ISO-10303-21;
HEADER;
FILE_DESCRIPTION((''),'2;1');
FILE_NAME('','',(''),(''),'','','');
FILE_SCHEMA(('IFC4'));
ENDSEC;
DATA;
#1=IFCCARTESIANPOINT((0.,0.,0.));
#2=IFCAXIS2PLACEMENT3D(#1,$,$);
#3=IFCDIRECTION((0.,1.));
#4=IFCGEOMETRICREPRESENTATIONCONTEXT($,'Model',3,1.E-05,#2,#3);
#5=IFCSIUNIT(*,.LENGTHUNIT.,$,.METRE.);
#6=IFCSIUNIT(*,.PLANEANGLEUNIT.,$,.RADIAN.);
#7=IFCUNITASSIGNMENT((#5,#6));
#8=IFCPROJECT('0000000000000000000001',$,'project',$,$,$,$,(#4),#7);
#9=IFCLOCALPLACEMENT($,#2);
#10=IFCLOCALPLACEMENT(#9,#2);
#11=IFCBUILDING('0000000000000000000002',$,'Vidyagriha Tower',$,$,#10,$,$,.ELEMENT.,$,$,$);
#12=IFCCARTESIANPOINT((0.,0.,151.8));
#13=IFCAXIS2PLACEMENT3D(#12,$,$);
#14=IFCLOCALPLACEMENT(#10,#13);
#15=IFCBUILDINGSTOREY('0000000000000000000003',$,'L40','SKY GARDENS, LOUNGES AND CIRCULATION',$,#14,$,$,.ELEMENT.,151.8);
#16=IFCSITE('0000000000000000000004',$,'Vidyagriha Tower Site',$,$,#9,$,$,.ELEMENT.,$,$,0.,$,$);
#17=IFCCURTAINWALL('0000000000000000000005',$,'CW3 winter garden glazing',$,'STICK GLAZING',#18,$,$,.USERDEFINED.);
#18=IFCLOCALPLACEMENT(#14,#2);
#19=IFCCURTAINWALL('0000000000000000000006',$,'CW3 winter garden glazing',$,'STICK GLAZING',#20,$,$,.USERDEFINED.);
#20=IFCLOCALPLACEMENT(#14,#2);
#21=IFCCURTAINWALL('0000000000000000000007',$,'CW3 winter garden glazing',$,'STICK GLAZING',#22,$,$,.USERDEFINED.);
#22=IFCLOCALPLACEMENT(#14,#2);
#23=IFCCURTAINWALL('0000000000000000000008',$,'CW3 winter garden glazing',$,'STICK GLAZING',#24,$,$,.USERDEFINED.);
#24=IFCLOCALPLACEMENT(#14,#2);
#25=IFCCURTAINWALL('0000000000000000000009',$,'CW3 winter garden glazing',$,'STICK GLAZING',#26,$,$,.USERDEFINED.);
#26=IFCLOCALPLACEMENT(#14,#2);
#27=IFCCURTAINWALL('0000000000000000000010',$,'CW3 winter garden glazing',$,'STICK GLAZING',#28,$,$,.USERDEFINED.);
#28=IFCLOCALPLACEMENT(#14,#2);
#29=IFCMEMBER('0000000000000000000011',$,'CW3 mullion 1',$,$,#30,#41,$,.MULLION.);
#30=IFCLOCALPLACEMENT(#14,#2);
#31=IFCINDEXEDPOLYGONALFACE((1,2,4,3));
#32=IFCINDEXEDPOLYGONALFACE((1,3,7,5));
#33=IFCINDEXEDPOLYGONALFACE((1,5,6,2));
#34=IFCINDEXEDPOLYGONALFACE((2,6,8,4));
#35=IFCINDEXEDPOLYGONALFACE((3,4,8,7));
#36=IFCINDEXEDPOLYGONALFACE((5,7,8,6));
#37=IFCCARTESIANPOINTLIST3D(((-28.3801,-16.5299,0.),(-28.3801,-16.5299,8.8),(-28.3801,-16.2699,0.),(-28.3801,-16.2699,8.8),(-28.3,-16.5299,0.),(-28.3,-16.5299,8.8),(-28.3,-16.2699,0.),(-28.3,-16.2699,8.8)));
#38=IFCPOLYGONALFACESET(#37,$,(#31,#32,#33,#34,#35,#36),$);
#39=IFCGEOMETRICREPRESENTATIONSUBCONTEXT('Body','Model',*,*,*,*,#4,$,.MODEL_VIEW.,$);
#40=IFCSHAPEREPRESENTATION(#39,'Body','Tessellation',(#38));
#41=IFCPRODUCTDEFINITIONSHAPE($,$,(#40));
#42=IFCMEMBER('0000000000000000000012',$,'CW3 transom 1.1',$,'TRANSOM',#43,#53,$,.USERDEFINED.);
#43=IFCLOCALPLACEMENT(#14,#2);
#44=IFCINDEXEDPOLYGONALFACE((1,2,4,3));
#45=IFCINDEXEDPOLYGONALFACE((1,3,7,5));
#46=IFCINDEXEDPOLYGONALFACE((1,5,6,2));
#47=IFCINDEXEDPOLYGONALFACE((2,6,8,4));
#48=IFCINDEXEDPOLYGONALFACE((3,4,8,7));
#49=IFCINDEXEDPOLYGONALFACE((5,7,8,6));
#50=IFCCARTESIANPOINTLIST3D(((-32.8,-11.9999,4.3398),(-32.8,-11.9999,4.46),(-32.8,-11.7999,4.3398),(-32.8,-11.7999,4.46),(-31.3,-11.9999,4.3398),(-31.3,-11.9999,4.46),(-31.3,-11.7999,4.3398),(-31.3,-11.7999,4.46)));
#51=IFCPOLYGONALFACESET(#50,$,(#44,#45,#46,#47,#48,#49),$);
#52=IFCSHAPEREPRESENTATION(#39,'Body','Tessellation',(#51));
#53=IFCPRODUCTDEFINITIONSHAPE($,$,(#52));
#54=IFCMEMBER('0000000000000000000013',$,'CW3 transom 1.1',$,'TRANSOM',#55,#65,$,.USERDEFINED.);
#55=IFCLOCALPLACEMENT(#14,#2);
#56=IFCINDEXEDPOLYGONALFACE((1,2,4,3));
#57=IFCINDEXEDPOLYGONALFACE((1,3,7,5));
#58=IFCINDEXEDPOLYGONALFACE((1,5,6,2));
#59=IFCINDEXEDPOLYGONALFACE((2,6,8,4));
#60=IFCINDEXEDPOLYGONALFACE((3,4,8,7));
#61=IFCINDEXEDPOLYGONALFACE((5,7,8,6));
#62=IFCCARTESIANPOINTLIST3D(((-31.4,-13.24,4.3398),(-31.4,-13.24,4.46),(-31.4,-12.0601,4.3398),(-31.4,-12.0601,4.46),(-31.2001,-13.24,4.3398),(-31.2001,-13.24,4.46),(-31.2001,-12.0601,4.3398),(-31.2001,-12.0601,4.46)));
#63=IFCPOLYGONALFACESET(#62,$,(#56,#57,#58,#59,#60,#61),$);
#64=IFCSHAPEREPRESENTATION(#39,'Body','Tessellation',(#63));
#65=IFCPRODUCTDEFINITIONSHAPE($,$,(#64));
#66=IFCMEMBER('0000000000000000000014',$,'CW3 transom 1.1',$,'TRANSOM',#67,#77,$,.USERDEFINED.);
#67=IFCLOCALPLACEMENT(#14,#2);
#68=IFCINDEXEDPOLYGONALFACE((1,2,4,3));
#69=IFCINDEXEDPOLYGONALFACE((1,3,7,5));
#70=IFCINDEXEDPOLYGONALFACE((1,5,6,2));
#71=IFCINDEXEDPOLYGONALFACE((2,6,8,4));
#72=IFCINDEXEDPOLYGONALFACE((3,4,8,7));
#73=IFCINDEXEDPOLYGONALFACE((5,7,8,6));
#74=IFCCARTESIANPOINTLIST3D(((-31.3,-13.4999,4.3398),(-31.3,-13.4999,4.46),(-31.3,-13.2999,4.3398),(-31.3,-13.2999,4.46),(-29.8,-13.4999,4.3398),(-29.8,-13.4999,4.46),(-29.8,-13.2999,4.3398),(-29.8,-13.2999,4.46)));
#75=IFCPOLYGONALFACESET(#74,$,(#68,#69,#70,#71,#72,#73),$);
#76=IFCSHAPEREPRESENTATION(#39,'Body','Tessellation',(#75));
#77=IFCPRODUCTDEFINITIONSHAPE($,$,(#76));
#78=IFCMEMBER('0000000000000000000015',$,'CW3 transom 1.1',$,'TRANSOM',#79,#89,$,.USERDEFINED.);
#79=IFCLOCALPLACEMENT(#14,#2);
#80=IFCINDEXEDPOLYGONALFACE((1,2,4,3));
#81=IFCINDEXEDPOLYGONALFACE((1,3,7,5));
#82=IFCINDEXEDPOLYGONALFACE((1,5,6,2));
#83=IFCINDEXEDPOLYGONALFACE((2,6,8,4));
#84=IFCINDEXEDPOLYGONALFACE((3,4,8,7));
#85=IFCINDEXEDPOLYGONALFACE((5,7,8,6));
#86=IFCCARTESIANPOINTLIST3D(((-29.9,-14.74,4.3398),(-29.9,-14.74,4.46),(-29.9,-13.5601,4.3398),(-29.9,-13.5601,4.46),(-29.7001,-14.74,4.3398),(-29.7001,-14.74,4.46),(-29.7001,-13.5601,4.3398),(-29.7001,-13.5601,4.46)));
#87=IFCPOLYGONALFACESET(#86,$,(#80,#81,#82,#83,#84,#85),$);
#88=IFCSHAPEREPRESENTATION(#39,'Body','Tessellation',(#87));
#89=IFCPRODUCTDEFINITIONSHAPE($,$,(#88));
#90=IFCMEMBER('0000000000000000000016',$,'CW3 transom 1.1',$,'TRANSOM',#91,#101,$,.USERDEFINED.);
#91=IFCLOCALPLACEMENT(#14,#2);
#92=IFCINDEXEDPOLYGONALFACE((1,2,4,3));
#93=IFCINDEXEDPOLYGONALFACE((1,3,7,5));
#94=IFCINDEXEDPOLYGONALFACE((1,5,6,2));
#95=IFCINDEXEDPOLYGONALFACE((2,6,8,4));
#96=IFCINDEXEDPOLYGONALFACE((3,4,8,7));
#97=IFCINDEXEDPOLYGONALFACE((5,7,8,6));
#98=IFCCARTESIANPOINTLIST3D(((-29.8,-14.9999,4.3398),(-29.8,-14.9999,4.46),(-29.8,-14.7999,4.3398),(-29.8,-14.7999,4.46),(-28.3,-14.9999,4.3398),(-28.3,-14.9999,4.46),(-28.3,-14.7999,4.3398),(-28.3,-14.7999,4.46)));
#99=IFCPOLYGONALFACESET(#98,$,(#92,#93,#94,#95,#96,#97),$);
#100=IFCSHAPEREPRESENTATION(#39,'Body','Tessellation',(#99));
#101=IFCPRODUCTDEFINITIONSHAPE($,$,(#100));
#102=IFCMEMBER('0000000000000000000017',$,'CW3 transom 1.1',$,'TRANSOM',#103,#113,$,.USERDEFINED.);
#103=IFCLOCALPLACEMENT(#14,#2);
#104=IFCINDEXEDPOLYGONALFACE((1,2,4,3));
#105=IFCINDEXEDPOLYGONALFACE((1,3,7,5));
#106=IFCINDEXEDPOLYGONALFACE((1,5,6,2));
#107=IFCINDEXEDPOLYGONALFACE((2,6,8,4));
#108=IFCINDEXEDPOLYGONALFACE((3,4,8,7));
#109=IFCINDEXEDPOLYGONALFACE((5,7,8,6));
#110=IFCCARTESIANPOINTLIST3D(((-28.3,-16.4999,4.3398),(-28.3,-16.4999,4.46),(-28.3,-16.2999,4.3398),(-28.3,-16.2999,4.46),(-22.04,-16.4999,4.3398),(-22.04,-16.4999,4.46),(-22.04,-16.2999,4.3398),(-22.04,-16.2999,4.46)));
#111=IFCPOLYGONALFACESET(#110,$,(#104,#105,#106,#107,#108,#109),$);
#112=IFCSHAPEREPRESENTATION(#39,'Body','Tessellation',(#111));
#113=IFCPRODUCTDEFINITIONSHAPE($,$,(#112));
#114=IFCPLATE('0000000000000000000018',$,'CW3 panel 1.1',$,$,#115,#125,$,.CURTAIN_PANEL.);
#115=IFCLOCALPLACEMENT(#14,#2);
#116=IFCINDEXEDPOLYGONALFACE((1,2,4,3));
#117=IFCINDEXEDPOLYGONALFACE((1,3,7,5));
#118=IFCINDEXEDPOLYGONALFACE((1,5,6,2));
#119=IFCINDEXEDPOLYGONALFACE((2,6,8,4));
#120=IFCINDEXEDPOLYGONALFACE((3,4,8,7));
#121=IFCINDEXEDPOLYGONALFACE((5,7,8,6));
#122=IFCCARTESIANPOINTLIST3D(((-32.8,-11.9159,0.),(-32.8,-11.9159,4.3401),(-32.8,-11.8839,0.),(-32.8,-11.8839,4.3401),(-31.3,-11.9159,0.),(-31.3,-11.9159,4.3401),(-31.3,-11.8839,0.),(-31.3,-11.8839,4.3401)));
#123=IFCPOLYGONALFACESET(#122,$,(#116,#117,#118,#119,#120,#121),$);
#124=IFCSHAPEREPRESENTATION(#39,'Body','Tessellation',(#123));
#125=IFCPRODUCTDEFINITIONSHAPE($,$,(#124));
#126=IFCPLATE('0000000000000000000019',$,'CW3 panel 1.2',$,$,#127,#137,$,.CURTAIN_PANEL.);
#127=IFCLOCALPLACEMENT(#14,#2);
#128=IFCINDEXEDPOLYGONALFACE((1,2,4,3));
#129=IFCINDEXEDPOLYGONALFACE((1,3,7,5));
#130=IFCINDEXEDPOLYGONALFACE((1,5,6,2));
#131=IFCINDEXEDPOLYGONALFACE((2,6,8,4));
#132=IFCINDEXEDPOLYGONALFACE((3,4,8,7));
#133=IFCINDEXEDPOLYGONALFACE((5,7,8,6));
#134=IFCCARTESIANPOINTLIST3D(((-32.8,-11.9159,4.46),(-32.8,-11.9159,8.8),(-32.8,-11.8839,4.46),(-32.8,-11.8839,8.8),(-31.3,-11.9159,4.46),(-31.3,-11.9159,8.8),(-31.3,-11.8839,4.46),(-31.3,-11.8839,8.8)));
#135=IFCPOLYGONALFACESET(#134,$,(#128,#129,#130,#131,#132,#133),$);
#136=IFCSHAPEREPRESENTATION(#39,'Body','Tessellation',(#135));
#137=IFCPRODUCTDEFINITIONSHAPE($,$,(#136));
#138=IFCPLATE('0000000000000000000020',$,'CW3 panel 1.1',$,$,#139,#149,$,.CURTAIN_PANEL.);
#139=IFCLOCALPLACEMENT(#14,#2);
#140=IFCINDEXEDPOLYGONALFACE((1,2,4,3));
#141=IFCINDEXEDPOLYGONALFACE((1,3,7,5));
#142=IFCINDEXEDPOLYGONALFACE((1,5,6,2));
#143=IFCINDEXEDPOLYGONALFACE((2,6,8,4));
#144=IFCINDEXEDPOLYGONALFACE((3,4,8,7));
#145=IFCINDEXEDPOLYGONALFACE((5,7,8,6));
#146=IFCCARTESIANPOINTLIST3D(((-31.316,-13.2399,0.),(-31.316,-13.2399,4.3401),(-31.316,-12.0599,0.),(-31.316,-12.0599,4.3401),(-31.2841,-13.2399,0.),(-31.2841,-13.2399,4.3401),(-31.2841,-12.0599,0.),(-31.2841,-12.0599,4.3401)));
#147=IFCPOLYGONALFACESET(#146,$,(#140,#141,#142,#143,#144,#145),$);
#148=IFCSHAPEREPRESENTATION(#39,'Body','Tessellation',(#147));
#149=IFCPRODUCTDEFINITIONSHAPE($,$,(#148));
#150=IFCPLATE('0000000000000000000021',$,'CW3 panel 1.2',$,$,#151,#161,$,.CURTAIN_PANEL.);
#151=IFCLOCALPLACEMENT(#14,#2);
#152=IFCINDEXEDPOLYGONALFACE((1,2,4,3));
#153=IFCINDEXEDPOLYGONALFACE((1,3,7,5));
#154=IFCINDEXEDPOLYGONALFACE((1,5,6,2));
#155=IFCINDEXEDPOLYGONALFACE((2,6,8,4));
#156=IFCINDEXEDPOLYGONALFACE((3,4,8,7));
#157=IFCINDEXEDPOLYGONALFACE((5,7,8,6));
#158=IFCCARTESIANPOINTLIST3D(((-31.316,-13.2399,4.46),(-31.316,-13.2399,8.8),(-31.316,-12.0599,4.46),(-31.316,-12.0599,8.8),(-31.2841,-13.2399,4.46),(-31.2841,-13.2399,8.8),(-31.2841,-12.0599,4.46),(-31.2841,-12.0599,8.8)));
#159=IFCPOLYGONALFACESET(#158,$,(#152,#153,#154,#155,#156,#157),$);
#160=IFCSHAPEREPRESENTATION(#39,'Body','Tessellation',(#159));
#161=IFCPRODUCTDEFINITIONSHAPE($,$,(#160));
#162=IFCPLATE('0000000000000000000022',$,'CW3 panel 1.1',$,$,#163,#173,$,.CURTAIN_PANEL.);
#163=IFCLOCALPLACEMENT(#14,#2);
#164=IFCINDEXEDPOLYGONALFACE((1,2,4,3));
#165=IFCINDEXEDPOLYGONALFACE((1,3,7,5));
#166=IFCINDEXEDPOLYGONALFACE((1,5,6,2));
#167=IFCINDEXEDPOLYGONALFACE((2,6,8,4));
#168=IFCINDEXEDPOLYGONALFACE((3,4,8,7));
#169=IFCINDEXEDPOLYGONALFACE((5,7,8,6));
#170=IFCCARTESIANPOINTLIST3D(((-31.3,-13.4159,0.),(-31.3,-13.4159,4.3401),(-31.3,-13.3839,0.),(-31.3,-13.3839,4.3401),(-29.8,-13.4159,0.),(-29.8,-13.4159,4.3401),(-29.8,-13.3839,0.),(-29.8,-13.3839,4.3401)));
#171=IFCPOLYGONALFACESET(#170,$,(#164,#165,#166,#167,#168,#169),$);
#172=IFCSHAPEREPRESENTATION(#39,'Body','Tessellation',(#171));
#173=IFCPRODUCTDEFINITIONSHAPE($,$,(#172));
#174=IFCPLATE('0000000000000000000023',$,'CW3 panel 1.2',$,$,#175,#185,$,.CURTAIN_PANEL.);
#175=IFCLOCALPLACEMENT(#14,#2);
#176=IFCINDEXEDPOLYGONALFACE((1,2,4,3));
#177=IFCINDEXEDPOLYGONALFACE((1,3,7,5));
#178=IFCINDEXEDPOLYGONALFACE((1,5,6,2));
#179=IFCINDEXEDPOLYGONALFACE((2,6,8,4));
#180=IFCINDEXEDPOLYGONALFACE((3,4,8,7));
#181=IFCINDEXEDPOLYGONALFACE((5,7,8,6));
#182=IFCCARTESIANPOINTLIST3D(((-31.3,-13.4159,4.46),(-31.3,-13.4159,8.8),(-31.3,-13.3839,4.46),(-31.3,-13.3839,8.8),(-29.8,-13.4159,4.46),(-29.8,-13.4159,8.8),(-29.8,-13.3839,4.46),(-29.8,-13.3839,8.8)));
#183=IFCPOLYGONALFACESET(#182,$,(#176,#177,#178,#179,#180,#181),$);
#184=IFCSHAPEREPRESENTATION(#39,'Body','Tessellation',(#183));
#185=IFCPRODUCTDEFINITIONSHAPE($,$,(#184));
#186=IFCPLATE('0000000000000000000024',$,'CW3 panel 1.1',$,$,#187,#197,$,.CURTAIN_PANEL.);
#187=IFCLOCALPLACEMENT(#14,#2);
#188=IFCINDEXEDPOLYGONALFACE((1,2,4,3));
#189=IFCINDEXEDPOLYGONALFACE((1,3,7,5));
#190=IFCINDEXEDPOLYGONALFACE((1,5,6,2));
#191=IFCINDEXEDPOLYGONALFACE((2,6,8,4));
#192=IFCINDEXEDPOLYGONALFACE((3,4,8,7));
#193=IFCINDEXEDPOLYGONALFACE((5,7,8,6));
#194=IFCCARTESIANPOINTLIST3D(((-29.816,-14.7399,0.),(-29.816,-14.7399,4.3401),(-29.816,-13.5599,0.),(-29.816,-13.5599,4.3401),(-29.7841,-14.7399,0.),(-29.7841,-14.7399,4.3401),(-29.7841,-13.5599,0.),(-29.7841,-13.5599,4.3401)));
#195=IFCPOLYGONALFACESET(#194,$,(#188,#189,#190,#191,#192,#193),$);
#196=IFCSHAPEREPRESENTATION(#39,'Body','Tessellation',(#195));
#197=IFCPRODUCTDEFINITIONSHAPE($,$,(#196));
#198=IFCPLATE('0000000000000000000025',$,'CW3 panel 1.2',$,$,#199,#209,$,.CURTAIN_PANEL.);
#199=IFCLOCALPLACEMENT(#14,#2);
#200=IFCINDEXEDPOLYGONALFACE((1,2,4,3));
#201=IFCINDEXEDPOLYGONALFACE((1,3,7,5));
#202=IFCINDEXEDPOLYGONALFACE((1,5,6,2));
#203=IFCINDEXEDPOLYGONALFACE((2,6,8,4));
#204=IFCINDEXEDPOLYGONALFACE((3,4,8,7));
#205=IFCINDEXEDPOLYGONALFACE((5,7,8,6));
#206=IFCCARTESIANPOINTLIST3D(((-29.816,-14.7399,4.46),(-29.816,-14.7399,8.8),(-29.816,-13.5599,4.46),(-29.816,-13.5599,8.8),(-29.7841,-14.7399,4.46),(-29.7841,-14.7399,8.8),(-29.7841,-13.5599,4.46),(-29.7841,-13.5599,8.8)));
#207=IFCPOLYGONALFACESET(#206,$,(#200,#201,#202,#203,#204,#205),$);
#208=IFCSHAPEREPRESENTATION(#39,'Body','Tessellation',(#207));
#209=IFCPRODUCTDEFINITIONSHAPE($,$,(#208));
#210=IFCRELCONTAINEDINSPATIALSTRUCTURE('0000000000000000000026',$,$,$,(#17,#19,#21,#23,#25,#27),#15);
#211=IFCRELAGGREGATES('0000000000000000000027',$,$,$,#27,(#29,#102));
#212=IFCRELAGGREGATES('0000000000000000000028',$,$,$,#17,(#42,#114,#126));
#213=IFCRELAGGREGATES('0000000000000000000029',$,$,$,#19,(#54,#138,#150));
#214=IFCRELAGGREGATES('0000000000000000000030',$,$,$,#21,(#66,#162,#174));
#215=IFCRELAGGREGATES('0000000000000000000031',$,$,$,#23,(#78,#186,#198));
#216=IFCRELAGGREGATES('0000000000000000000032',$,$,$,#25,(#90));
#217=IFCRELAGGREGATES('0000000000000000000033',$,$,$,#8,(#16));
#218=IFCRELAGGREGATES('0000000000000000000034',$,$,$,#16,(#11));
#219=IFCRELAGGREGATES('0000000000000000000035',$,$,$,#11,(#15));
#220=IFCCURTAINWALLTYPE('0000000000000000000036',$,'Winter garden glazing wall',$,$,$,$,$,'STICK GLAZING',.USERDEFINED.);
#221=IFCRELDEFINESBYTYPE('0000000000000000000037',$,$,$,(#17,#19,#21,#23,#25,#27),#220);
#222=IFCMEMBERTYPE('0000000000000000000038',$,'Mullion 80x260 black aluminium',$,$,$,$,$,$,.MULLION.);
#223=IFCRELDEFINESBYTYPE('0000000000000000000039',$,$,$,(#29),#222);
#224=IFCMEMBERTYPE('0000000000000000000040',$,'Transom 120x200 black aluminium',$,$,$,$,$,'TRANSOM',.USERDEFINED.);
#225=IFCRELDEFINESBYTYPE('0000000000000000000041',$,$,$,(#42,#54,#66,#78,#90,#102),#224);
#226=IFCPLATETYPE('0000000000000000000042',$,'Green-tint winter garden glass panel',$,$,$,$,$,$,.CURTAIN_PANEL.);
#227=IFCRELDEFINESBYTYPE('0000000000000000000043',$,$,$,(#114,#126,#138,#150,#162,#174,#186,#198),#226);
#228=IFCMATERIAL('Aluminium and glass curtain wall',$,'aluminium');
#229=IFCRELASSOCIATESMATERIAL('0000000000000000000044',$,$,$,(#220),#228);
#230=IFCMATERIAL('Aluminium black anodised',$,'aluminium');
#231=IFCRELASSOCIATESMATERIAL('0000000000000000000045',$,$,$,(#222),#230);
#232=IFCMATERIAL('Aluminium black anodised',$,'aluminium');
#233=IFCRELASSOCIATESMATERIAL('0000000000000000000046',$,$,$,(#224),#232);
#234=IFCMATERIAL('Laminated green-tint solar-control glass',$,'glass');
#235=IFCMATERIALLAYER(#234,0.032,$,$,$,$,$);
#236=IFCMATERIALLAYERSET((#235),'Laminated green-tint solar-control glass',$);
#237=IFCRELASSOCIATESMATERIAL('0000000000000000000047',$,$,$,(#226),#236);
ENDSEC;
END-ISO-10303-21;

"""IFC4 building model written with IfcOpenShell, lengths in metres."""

from ifc_helpers import new_model, si_unit, direction, frame, origin, origin_2d, place, context, subcontext, project, spatial, rectangle, extrude, material, layer, layer_set, material_profile, profile_set, type_object, element, aggregate, save


model = new_model("IFC4")

# Units and contexts
model_context = context("Model", 3, precision=1e-05, world=origin(), true_north=direction((0.0, 1.0)))
body_context = subcontext(model_context, "Body", "Model", "MODEL_VIEW")
ifc_project = project(units=[si_unit("LENGTHUNIT", "METRE"), si_unit("PLANEANGLEUNIT", "RADIAN")], contexts=[model_context])

# Site, building, storey
site_placement = place(None, origin())
site = spatial("IfcSite", under=ifc_project, at=site_placement, Name="Vidyagriha Tower Site", CompositionType="ELEMENT", RefElevation=0.0)
building_placement = place(site_placement, origin())
building = spatial("IfcBuilding", under=site, at=building_placement, Name="Vidyagriha Tower", CompositionType="ELEMENT")
storey_placement = place(building_placement, frame((0.0, 0.0, 151.8)))
storey = spatial("IfcBuildingStorey", under=building, at=storey_placement, Name="L40", Description="SKY GARDENS, LOUNGES AND CIRCULATION", CompositionType="ELEMENT", Elevation=151.8)

# Curtain wall
ifc_material_1 = material(Name="Aluminium and glass curtain wall", Category="aluminium")
curtain_wall_type = type_object("IfcCurtainWallType", Name="Winter garden glazing wall", ElementType="STICK GLAZING", PredefinedType="USERDEFINED", material=ifc_material_1)
curtain_wall_1_placement = place(storey_placement, origin())
curtain_wall_1 = element("IfcCurtainWall", 1, at=curtain_wall_1_placement, inside=storey, type_object=curtain_wall_type, Name="CW3 winter garden glazing", ObjectType="STICK GLAZING", PredefinedType="USERDEFINED")
ifc_material_2 = material(Name="Aluminium black anodised", Category="aluminium")
ifc_material_profile_1 = material_profile(ifc_material_2, rectangle(XDim=0.26, YDim=0.0801, at=origin_2d()), Name="Mullion 80x260 black aluminium")
ifc_profile_set_1 = profile_set([ifc_material_profile_1], Name="Aluminium black anodised")
member_type_1 = type_object("IfcMemberType", Name="Mullion 80x260 black aluminium", PredefinedType="MULLION", material=ifc_profile_set_1)

# Curtain walls
curtain_wall_2_placement = place(storey_placement, origin())
curtain_wall_2 = element("IfcCurtainWall", 2, at=curtain_wall_2_placement, inside=storey, type_object=curtain_wall_type, Name="CW3 winter garden glazing", ObjectType="STICK GLAZING", PredefinedType="USERDEFINED")
curtain_wall_3_placement = place(storey_placement, origin())
curtain_wall_3 = element("IfcCurtainWall", 3, at=curtain_wall_3_placement, inside=storey, type_object=curtain_wall_type, Name="CW3 winter garden glazing", ObjectType="STICK GLAZING", PredefinedType="USERDEFINED")
curtain_wall_4_placement = place(storey_placement, origin())
curtain_wall_4 = element("IfcCurtainWall", 4, at=curtain_wall_4_placement, inside=storey, type_object=curtain_wall_type, Name="CW3 winter garden glazing", ObjectType="STICK GLAZING", PredefinedType="USERDEFINED")

# Curtain walls, member
curtain_wall_5_placement = place(storey_placement, origin())
curtain_wall_5 = element("IfcCurtainWall", 5, at=curtain_wall_5_placement, inside=storey, type_object=curtain_wall_type, Name="CW3 winter garden glazing", ObjectType="STICK GLAZING", PredefinedType="USERDEFINED")
curtain_wall_6_placement = place(storey_placement, origin())
curtain_wall_6 = element("IfcCurtainWall", 6, at=curtain_wall_6_placement, inside=storey, type_object=curtain_wall_type, Name="CW3 winter garden glazing", ObjectType="STICK GLAZING", PredefinedType="USERDEFINED")
member_1_placement = place(storey_placement, frame((-28.3401, -16.3999, 0.0), z_axis=(0.0, 0.0, 1.0), x_axis=(0.0, 1.0, 0.0)))
member_1 = element("IfcMember", 7, at=member_1_placement, type_object=member_type_1, Name="CW3 mullion 1", PredefinedType="MULLION", context=body_context, shape_type="SweptSolid", body=[
    extrude(rectangle(XDim=0.26, YDim=0.0801, at=origin_2d()), origin(), (0.0, 0.0, 1.0), 8.8),
])

# Members
ifc_material_3 = material(Name="Aluminium black anodised", Category="aluminium")
ifc_material_profile_2 = material_profile(ifc_material_3, rectangle(XDim=0.2, YDim=0.1201, at=origin_2d()), Name="Transom 120x200 black aluminium")
ifc_profile_set_2 = profile_set([ifc_material_profile_2], Name="Aluminium black anodised")
member_type_2 = type_object("IfcMemberType", Name="Transom 120x200 black aluminium", ElementType="TRANSOM", PredefinedType="USERDEFINED", material=ifc_profile_set_2)
member_2_placement = place(storey_placement, frame((-32.8, -11.8999, 4.3999), z_axis=(1.0, 0.0, 0.0), x_axis=(0.0, 1.0, 0.0)))
member_2 = element("IfcMember", 8, at=member_2_placement, type_object=member_type_2, Name="CW3 transom 1.1", ObjectType="TRANSOM", PredefinedType="USERDEFINED", context=body_context, shape_type="SweptSolid", body=[
    extrude(rectangle(XDim=0.2, YDim=0.1201, at=origin_2d()), origin(), (0.0, 0.0, 1.0), 1.5),
])
member_3_placement = place(storey_placement, frame((-31.3, -12.0601, 4.3999), z_axis=(0.0, -1.0, 0.0), x_axis=(1.0, 0.0, 0.0)))
member_3 = element("IfcMember", 9, at=member_3_placement, type_object=member_type_2, Name="CW3 transom 1.1", ObjectType="TRANSOM", PredefinedType="USERDEFINED", context=body_context, shape_type="SweptSolid", body=[
    extrude(rectangle(XDim=0.2, YDim=0.1201, at=origin_2d()), origin(), (0.0, 0.0, 1.0), 1.1799),
])
member_4_placement = place(storey_placement, frame((-31.3, -13.3999, 4.3999), z_axis=(1.0, 0.0, 0.0), x_axis=(0.0, 1.0, 0.0)))
member_4 = element("IfcMember", 10, at=member_4_placement, type_object=member_type_2, Name="CW3 transom 1.1", ObjectType="TRANSOM", PredefinedType="USERDEFINED", context=body_context, shape_type="SweptSolid", body=[
    extrude(rectangle(XDim=0.2, YDim=0.1201, at=origin_2d()), origin(), (0.0, 0.0, 1.0), 1.5),
])
member_5_placement = place(storey_placement, frame((-29.8, -13.5601, 4.3999), z_axis=(0.0, -1.0, 0.0), x_axis=(1.0, 0.0, 0.0)))
member_5 = element("IfcMember", 11, at=member_5_placement, type_object=member_type_2, Name="CW3 transom 1.1", ObjectType="TRANSOM", PredefinedType="USERDEFINED", context=body_context, shape_type="SweptSolid", body=[
    extrude(rectangle(XDim=0.2, YDim=0.1201, at=origin_2d()), origin(), (0.0, 0.0, 1.0), 1.1799),
])
member_6_placement = place(storey_placement, frame((-29.8, -14.8999, 4.3999), z_axis=(1.0, 0.0, 0.0), x_axis=(0.0, 1.0, 0.0)))
member_6 = element("IfcMember", 12, at=member_6_placement, type_object=member_type_2, Name="CW3 transom 1.1", ObjectType="TRANSOM", PredefinedType="USERDEFINED", context=body_context, shape_type="SweptSolid", body=[
    extrude(rectangle(XDim=0.2, YDim=0.1201, at=origin_2d()), origin(), (0.0, 0.0, 1.0), 1.5),
])
member_7_placement = place(storey_placement, frame((-28.3, -16.3999, 4.3999), z_axis=(1.0, 0.0, 0.0), x_axis=(0.0, 1.0, 0.0)))
member_7 = element("IfcMember", 13, at=member_7_placement, type_object=member_type_2, Name="CW3 transom 1.1", ObjectType="TRANSOM", PredefinedType="USERDEFINED", context=body_context, shape_type="SweptSolid", body=[
    extrude(rectangle(XDim=0.2, YDim=0.1201, at=origin_2d()), origin(), (0.0, 0.0, 1.0), 6.26),
])
aggregate(curtain_wall_6, [member_1, member_7])

# Plates
ifc_material_4 = material(Name="Laminated green-tint solar-control glass", Category="glass")
ifc_layer = layer(ifc_material_4, 0.032)
ifc_layer_set = layer_set([ifc_layer], Name="Laminated green-tint solar-control glass")
plate_type = type_object("IfcPlateType", Name="Green-tint winter garden glass panel", PredefinedType="CURTAIN_PANEL", material=ifc_layer_set)
plate_1_placement = place(storey_placement, frame((-32.05, -11.8999, 0.0)))
plate_1 = element("IfcPlate", 14, at=plate_1_placement, type_object=plate_type, Name="CW3 panel 1.1", PredefinedType="CURTAIN_PANEL", context=body_context, shape_type="SweptSolid", body=[
    extrude(rectangle(XDim=1.5, YDim=0.032, at=origin_2d()), origin(), (0.0, 0.0, 1.0), 4.3401),
])
plate_2_placement = place(storey_placement, frame((-32.05, -11.8999, 4.46)))
plate_2 = element("IfcPlate", 15, at=plate_2_placement, type_object=plate_type, Name="CW3 panel 1.2", PredefinedType="CURTAIN_PANEL", context=body_context, shape_type="SweptSolid", body=[
    extrude(rectangle(XDim=1.5, YDim=0.032, at=origin_2d()), origin(), (0.0, 0.0, 1.0), 4.3401),
])
aggregate(curtain_wall_1, [member_2, plate_1, plate_2])
plate_3_placement = place(storey_placement, frame((-31.3, -12.6499, 0.0), z_axis=(0.0, 0.0, 1.0), x_axis=(0.0, -1.0, 0.0)))
plate_3 = element("IfcPlate", 16, at=plate_3_placement, type_object=plate_type, Name="CW3 panel 1.1", PredefinedType="CURTAIN_PANEL", context=body_context, shape_type="SweptSolid", body=[
    extrude(rectangle(XDim=1.1799, YDim=0.032, at=origin_2d()), origin(), (0.0, 0.0, 1.0), 4.3401),
])
plate_4_placement = place(storey_placement, frame((-31.3, -12.6499, 4.46), z_axis=(0.0, 0.0, 1.0), x_axis=(0.0, -1.0, 0.0)))
plate_4 = element("IfcPlate", 17, at=plate_4_placement, type_object=plate_type, Name="CW3 panel 1.2", PredefinedType="CURTAIN_PANEL", context=body_context, shape_type="SweptSolid", body=[
    extrude(rectangle(XDim=1.1799, YDim=0.032, at=origin_2d()), origin(), (0.0, 0.0, 1.0), 4.3401),
])
aggregate(curtain_wall_2, [member_3, plate_3, plate_4])
plate_5_placement = place(storey_placement, frame((-30.55, -13.3999, 0.0)))
plate_5 = element("IfcPlate", 18, at=plate_5_placement, type_object=plate_type, Name="CW3 panel 1.1", PredefinedType="CURTAIN_PANEL", context=body_context, shape_type="SweptSolid", body=[
    extrude(rectangle(XDim=1.5, YDim=0.032, at=origin_2d()), origin(), (0.0, 0.0, 1.0), 4.3401),
])
plate_6_placement = place(storey_placement, frame((-30.55, -13.3999, 4.46)))
plate_6 = element("IfcPlate", 19, at=plate_6_placement, type_object=plate_type, Name="CW3 panel 1.2", PredefinedType="CURTAIN_PANEL", context=body_context, shape_type="SweptSolid", body=[
    extrude(rectangle(XDim=1.5, YDim=0.032, at=origin_2d()), origin(), (0.0, 0.0, 1.0), 4.3401),
])
aggregate(curtain_wall_3, [member_4, plate_5, plate_6])
plate_7_placement = place(storey_placement, frame((-29.8, -14.1499, 0.0), z_axis=(0.0, 0.0, 1.0), x_axis=(0.0, -1.0, 0.0)))
plate_7 = element("IfcPlate", 20, at=plate_7_placement, type_object=plate_type, Name="CW3 panel 1.1", PredefinedType="CURTAIN_PANEL", context=body_context, shape_type="SweptSolid", body=[
    extrude(rectangle(XDim=1.1799, YDim=0.032, at=origin_2d()), origin(), (0.0, 0.0, 1.0), 4.3401),
])
plate_8_placement = place(storey_placement, frame((-29.8, -14.1499, 4.46), z_axis=(0.0, 0.0, 1.0), x_axis=(0.0, -1.0, 0.0)))
plate_8 = element("IfcPlate", 21, at=plate_8_placement, type_object=plate_type, Name="CW3 panel 1.2", PredefinedType="CURTAIN_PANEL", context=body_context, shape_type="SweptSolid", body=[
    extrude(rectangle(XDim=1.1799, YDim=0.032, at=origin_2d()), origin(), (0.0, 0.0, 1.0), 4.3401),
])
aggregate(curtain_wall_4, [member_5, plate_7, plate_8])
aggregate(curtain_wall_5, [member_6])

save(model, "model.ifc")
